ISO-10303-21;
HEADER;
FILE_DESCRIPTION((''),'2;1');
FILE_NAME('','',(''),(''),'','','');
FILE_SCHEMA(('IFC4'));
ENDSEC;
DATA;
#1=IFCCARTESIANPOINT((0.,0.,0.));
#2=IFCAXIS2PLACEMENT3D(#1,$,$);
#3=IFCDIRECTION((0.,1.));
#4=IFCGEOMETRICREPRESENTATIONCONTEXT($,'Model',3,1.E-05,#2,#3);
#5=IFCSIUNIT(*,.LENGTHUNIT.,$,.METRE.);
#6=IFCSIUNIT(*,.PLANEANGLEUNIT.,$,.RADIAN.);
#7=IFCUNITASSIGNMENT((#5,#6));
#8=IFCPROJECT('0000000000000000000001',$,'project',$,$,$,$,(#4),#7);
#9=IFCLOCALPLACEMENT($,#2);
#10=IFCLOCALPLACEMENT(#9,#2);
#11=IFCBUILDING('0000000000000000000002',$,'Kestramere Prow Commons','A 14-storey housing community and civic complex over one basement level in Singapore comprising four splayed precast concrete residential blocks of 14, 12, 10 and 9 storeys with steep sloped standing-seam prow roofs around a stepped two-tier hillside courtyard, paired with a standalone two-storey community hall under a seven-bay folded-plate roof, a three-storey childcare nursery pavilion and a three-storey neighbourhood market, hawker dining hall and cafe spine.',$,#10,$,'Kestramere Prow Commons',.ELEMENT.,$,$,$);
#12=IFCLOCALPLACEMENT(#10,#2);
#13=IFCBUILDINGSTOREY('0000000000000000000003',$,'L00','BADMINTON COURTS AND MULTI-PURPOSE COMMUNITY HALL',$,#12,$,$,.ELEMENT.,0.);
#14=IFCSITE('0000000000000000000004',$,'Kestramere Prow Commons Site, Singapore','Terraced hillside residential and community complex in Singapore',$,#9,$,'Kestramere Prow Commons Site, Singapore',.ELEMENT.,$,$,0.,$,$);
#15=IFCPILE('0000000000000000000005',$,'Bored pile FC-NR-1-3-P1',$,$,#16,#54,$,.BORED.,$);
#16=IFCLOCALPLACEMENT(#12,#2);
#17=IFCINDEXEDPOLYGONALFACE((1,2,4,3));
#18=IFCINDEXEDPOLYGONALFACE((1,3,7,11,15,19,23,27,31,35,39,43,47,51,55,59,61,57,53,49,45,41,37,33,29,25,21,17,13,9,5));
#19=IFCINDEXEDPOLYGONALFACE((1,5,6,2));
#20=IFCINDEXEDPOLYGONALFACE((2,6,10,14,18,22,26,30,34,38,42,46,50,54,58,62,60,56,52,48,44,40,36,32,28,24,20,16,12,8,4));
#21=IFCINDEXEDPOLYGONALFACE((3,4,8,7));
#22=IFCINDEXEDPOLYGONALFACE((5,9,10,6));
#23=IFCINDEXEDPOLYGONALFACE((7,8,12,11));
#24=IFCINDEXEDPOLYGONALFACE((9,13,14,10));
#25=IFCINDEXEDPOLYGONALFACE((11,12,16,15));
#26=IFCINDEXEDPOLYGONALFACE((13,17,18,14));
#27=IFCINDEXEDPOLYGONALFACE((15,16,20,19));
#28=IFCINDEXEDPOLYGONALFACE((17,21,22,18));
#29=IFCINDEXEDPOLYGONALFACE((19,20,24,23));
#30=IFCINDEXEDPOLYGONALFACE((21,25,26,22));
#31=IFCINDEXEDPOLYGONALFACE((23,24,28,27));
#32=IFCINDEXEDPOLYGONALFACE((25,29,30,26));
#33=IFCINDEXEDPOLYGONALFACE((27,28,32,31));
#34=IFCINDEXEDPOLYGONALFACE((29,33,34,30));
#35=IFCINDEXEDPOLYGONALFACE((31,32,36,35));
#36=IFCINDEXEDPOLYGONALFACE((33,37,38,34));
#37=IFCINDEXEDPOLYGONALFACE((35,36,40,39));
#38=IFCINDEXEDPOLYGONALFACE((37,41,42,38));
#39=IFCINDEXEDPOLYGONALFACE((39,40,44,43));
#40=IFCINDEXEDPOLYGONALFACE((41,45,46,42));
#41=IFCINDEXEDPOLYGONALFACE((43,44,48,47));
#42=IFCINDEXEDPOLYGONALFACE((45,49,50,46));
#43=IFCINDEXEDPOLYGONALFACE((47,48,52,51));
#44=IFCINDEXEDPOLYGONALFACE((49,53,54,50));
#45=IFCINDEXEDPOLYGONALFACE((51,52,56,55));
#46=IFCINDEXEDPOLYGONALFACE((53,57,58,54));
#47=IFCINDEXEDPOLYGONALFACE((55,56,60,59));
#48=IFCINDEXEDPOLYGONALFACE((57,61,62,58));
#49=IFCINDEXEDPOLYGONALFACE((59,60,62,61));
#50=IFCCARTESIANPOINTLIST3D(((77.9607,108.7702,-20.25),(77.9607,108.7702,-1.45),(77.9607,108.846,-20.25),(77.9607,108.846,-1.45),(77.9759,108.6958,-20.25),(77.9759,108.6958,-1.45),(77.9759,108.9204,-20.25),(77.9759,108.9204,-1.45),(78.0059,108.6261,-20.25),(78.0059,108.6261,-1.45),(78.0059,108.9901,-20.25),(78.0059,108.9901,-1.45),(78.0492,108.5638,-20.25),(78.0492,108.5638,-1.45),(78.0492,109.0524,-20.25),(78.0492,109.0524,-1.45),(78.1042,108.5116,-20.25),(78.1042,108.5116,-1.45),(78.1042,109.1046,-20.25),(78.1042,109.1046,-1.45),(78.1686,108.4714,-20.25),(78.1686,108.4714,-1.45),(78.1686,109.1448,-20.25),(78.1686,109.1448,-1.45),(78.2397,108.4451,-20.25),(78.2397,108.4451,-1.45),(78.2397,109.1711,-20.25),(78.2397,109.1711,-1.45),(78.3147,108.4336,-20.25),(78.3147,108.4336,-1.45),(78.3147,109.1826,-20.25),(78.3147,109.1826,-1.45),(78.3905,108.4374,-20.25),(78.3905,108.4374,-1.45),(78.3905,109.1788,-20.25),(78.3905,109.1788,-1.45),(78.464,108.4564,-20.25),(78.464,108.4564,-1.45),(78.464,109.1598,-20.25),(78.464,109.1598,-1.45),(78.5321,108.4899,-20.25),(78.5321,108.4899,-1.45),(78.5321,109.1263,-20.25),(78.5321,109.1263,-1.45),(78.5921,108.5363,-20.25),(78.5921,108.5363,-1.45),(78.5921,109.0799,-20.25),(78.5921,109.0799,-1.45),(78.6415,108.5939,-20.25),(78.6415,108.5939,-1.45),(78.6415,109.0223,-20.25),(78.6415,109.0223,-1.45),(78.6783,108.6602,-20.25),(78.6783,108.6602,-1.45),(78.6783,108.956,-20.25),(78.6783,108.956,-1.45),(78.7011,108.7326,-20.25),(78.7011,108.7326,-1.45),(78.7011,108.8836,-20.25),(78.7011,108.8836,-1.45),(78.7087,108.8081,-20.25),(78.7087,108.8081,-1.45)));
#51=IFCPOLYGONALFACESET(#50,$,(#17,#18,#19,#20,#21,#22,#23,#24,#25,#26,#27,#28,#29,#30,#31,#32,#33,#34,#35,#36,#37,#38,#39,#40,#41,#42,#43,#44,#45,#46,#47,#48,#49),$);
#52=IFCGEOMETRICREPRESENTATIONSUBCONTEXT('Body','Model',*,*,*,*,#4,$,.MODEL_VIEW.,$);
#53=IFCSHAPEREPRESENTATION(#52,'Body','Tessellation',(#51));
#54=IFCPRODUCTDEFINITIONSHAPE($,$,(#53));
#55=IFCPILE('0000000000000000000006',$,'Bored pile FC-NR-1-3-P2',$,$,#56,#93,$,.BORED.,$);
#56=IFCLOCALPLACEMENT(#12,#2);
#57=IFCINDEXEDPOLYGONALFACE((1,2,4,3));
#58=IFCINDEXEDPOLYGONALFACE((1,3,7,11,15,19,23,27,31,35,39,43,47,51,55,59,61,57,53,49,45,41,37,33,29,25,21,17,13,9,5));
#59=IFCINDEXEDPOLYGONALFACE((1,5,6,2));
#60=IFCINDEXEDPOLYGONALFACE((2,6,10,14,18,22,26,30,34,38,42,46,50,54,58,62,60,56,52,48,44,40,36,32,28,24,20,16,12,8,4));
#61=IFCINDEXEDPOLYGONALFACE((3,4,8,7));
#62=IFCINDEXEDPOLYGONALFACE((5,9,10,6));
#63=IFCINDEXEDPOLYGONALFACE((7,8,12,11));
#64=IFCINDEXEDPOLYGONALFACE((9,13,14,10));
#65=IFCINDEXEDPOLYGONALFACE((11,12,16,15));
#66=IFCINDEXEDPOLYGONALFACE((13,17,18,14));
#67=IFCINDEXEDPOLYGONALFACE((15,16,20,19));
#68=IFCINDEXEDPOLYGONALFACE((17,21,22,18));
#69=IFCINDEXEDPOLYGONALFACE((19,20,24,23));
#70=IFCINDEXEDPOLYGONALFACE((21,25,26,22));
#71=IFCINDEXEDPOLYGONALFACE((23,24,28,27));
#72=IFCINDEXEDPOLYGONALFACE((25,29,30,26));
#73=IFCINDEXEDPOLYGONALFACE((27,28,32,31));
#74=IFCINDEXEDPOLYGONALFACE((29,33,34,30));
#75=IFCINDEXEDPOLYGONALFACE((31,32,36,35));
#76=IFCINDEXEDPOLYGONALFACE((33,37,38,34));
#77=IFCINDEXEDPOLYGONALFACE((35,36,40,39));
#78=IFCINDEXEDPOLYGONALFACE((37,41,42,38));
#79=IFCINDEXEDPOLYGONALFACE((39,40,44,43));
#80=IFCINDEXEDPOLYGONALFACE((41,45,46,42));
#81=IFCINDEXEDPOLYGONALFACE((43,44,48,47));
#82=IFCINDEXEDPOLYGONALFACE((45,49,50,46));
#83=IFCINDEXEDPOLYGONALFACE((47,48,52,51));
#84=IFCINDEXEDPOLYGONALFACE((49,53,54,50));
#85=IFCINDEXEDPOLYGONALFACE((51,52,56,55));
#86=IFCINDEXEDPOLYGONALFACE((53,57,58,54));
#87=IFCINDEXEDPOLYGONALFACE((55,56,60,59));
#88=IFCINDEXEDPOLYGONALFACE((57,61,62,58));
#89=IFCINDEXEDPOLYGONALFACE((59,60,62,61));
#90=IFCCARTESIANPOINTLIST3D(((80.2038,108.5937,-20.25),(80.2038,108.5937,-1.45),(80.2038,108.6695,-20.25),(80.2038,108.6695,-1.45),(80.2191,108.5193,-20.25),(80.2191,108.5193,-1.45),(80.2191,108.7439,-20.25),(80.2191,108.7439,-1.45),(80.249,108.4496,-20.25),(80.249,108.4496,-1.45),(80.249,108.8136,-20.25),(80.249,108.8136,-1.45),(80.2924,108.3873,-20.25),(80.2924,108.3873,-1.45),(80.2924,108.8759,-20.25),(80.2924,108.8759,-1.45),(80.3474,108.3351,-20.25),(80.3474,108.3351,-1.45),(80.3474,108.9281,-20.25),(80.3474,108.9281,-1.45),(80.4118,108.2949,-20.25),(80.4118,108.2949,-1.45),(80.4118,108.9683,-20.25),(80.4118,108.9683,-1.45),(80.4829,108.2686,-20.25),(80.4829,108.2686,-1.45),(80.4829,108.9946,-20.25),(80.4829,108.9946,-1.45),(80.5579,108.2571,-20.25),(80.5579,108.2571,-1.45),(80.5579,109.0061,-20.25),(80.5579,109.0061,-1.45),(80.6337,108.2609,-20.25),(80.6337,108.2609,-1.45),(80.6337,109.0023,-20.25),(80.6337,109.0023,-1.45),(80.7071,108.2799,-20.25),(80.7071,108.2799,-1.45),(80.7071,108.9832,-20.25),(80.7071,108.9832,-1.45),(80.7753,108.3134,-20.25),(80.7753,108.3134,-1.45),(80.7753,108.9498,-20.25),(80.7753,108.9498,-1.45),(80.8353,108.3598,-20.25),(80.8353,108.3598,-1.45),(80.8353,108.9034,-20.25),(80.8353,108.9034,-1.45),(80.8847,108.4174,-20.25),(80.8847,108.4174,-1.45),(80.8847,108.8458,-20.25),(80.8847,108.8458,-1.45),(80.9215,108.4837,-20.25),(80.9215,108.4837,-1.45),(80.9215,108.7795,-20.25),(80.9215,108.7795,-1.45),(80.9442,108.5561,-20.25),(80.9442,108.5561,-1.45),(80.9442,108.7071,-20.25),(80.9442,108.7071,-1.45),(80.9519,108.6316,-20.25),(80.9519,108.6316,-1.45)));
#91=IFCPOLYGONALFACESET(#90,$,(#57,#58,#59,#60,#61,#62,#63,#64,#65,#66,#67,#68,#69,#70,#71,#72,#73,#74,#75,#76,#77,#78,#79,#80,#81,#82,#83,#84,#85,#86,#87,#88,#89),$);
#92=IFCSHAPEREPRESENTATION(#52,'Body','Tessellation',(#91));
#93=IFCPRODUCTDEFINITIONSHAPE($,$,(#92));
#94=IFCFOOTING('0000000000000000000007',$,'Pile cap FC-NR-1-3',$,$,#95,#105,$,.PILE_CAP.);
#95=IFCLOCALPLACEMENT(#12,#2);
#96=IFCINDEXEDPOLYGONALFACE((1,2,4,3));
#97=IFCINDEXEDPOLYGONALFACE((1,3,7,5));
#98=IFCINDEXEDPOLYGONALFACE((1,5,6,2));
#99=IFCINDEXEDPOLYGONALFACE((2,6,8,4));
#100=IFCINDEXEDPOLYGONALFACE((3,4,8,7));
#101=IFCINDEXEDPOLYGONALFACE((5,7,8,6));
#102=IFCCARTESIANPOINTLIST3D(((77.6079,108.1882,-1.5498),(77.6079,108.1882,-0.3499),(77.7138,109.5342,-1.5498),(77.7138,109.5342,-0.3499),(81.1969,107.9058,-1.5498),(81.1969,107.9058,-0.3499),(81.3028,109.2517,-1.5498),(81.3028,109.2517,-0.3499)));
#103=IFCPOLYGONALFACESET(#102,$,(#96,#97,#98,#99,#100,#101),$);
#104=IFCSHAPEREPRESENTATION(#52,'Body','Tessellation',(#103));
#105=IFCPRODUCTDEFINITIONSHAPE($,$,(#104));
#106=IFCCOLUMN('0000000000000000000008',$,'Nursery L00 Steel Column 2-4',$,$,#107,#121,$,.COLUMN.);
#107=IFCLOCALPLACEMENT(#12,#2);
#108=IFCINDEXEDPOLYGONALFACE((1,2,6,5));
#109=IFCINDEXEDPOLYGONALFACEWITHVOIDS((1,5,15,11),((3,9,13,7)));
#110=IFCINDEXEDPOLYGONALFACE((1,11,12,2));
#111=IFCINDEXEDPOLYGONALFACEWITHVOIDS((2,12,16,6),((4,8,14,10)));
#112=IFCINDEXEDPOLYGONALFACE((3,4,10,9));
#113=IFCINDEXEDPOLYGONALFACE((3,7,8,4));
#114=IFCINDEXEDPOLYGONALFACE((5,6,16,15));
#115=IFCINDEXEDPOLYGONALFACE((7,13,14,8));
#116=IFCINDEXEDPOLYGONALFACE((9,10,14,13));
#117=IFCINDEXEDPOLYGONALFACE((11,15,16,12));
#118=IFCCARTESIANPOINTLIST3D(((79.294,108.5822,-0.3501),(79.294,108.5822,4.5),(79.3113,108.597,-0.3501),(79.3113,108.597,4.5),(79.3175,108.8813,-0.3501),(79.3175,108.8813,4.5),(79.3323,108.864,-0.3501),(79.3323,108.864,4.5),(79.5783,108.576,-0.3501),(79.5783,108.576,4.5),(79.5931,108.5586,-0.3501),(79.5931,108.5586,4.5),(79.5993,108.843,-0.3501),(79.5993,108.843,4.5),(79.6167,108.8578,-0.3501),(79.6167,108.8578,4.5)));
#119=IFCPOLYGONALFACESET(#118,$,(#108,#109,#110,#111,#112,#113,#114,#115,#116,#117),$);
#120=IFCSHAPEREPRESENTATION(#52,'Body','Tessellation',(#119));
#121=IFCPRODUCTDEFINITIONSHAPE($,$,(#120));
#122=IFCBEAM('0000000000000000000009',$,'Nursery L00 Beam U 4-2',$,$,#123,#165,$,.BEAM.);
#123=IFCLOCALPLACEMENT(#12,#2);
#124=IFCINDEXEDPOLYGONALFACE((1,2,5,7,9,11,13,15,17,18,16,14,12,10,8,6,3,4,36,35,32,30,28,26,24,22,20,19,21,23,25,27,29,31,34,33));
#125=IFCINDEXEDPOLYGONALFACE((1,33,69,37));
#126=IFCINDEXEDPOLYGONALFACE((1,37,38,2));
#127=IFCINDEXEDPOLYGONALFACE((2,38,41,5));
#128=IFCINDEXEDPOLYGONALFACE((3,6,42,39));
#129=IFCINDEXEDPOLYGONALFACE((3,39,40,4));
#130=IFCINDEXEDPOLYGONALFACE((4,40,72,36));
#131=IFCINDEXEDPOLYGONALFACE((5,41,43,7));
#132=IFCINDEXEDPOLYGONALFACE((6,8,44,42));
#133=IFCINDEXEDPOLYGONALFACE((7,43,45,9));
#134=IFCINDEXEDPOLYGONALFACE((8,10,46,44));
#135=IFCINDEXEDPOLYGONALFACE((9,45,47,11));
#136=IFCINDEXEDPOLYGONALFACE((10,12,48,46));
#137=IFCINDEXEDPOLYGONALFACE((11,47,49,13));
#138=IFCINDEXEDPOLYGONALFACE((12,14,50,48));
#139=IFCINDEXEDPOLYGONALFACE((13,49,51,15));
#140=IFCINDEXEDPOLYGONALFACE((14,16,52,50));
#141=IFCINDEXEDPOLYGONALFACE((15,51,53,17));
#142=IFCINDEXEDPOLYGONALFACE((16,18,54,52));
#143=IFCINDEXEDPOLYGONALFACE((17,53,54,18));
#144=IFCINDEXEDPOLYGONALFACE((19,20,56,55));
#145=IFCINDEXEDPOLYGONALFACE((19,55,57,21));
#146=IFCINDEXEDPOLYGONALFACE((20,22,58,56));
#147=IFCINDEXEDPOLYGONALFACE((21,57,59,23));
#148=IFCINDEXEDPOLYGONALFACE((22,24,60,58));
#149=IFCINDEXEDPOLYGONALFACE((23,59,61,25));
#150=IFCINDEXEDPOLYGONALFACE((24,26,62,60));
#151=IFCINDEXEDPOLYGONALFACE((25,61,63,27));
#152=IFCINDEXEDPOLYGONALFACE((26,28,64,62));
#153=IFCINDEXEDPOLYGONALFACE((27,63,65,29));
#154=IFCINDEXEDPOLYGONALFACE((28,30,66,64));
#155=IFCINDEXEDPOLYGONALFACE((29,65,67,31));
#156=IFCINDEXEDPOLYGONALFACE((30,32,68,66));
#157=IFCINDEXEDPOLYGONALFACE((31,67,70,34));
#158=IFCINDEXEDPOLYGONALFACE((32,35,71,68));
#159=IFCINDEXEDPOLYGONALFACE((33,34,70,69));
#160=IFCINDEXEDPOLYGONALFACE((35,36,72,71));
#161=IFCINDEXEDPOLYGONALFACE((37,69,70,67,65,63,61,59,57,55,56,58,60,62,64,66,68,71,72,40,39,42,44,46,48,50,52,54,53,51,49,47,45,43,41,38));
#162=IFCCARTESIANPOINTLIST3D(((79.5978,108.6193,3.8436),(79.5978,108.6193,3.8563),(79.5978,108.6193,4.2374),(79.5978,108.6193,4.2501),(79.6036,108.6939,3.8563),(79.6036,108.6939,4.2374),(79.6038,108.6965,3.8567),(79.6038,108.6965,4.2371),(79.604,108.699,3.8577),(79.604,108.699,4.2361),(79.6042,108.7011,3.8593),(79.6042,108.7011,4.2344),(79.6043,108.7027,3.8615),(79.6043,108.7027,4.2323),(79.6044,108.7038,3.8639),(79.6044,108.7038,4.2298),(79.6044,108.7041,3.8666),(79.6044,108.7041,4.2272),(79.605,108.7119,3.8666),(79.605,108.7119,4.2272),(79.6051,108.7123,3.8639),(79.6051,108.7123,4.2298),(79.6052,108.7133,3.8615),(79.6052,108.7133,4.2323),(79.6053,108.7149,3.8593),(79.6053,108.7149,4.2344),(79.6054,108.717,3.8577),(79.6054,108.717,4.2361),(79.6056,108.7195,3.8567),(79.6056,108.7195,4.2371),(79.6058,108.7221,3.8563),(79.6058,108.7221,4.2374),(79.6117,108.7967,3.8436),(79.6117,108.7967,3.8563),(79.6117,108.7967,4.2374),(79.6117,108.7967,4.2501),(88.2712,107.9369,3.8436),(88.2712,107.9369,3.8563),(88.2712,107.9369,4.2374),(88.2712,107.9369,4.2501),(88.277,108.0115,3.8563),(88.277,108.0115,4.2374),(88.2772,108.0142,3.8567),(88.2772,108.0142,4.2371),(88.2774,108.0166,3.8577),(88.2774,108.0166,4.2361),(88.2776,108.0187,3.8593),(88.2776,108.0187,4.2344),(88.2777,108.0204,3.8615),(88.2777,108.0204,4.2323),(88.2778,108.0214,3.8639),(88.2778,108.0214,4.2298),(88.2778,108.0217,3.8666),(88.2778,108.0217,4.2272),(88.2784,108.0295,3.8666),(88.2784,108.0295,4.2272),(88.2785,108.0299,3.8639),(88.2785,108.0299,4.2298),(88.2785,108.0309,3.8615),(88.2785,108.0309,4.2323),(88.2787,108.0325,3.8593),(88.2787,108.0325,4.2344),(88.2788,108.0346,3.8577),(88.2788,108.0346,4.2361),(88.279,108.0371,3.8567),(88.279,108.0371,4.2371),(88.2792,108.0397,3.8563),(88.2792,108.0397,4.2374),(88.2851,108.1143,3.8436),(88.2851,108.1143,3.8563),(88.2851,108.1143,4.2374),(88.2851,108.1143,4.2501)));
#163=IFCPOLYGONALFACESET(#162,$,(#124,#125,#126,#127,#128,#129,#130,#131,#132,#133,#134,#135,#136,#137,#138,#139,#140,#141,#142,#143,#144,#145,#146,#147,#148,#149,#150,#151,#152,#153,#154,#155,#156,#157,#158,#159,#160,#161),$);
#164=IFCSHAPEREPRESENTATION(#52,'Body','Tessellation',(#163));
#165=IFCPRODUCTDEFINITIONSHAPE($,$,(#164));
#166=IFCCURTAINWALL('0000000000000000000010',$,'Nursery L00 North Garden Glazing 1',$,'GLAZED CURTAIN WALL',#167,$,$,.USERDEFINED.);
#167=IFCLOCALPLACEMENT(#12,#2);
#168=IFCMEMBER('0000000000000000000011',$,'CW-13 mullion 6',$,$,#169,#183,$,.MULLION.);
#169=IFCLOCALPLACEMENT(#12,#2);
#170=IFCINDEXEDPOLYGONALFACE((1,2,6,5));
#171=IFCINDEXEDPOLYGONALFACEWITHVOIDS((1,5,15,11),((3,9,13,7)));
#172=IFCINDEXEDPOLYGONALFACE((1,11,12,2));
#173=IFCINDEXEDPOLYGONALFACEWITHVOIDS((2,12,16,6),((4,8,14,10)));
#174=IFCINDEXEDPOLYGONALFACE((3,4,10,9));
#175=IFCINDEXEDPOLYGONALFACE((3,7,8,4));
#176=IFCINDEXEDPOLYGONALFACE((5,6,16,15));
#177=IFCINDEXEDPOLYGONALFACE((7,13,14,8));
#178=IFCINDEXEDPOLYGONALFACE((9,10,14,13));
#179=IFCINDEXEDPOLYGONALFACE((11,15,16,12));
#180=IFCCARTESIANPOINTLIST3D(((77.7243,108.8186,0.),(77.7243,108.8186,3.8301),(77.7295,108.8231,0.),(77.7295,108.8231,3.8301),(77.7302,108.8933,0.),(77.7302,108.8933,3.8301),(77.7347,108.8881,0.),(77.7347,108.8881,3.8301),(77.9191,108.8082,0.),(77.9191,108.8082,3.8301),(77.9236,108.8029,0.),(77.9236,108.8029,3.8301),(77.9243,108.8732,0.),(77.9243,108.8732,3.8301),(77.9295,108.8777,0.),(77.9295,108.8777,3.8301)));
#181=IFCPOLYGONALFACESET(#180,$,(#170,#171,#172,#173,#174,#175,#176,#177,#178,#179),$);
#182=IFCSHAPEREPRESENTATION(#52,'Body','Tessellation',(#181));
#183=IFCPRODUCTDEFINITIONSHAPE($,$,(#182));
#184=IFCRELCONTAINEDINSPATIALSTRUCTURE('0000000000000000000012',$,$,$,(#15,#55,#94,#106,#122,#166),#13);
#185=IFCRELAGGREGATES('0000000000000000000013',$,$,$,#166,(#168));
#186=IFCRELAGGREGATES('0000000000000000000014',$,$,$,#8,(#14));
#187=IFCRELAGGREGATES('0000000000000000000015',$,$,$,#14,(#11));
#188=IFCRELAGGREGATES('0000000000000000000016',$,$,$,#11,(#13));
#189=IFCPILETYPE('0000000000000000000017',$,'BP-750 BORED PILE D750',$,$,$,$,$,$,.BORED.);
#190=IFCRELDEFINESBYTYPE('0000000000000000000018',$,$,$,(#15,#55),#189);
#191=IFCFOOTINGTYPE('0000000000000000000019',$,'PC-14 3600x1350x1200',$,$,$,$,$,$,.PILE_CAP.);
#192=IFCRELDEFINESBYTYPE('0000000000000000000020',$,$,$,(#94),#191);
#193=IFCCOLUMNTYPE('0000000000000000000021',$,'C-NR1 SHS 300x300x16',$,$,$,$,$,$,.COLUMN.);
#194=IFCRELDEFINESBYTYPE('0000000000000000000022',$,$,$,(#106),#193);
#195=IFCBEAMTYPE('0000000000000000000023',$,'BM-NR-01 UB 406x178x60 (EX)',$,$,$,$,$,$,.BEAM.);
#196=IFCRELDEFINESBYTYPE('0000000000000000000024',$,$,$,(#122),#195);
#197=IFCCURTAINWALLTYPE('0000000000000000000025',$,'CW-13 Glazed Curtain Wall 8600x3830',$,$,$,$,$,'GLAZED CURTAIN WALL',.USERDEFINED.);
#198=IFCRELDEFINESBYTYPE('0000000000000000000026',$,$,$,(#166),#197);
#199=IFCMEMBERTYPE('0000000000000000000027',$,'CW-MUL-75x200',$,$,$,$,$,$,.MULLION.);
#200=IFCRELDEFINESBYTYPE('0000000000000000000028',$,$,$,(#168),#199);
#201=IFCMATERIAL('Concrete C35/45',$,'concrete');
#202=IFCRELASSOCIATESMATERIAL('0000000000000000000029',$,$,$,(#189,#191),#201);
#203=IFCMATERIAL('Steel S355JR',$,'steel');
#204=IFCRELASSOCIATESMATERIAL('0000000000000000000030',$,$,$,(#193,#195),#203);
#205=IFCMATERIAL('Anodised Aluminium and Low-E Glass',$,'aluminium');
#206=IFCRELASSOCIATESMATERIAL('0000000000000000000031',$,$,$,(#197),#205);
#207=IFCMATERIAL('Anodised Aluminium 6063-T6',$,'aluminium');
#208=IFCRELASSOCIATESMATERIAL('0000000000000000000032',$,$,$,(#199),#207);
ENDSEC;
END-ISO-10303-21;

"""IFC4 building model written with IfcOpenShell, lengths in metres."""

from ifc_helpers import new_model, si_unit, direction, frame, origin, origin_2d, place, context, subcontext, project, spatial, rectangle, hollow_rectangle, circle, i_section, extrude, material, material_profile, profile_set, type_object, element, aggregate, save


model = new_model("IFC4")

# Units and contexts
model_context = context("Model", 3, precision=1e-05, world=origin(), true_north=direction((0.0, 1.0)))
body_context = subcontext(model_context, "Body", "Model", "MODEL_VIEW")
ifc_project = project(units=[si_unit("LENGTHUNIT", "METRE"), si_unit("PLANEANGLEUNIT", "RADIAN")], contexts=[model_context])

# Site, building, storey
site_placement = place(None, origin())
site = spatial("IfcSite", under=ifc_project, at=site_placement, Name="Kestramere Prow Commons Site, Singapore", Description="Terraced hillside residential and community complex in Singapore", LongName="Kestramere Prow Commons Site, Singapore", CompositionType="ELEMENT", RefElevation=0.0)
building_placement = place(site_placement, origin())
building = spatial("IfcBuilding", under=site, at=building_placement, Name="Kestramere Prow Commons", Description="A 14-storey housing community and civic complex over one basement level in Singapore comprising four splayed precast concrete residential blocks of 14, 12, 10 and 9 storeys with steep sloped standing-seam prow roofs around a stepped two-tier hillside courtyard, paired with a standalone two-storey community hall under a seven-bay folded-plate roof, a three-storey childcare nursery pavilion and a three-storey neighbourhood market, hawker dining hall and cafe spine.", LongName="Kestramere Prow Commons", CompositionType="ELEMENT")
storey_placement = place(building_placement, origin())
storey = spatial("IfcBuildingStorey", under=building, at=storey_placement, Name="L00", Description="BADMINTON COURTS AND MULTI-PURPOSE COMMUNITY HALL", CompositionType="ELEMENT", Elevation=0.0)

# Piles
ifc_material_1 = material(Name="Concrete C35/45", Category="concrete")
ifc_material_profile_1 = material_profile(ifc_material_1, circle(Radius=0.375, at=origin_2d()), Name="BORED PILE D750")
ifc_profile_set_1 = profile_set([ifc_material_profile_1], Name="Concrete C35/45")
pile_type = type_object("IfcPileType", Name="BP-750 BORED PILE D750", PredefinedType="BORED", material=ifc_profile_set_1)
for number, where, z_axis, x_axis, name in (
    (1, (78.3337, 108.8081, -1.45), (0.0, 0.0, -1.0), (1.0, 0.0, 0.0), "Bored pile FC-NR-1-3-P1"),
    (2, (80.5769, 108.6316, -1.45), (0.0, 0.0, -1.0), (1.0, 0.0, 0.0), "Bored pile FC-NR-1-3-P2"),
):
    element("IfcPile", number, at=place(storey_placement, frame(where, z_axis=z_axis, x_axis=x_axis)), inside=storey, type_object=pile_type, Name=name, PredefinedType="BORED", context=body_context, shape_type="SweptSolid", body=[
        extrude(circle(Radius=0.375, at=origin_2d()), origin(), (0.0, 0.0, 1.0), 18.8),
    ])

# Footing
footing_type = type_object("IfcFootingType", Name="PC-14 3600x1350x1200", PredefinedType="PILE_CAP", material=ifc_material_1)
footing_placement = place(storey_placement, frame((79.4553, 108.72, -1.5498), z_axis=(0.0, 0.0, 1.0), x_axis=(0.996917, -0.078459, 0.0)))
element("IfcFooting", 3, at=footing_placement, inside=storey, type_object=footing_type, Name="Pile cap FC-NR-1-3", PredefinedType="PILE_CAP", context=body_context, shape_type="SweptSolid", body=[
    extrude(rectangle(XDim=3.6001, YDim=1.3501, at=origin_2d()), origin(), (0.0, 0.0, 1.0), 1.2),
])

# Column
ifc_material_2 = material(Name="Steel S355JR", Category="steel")
ifc_material_profile_2 = material_profile(ifc_material_2, hollow_rectangle(XDim=0.3, YDim=0.3, WallThickness=0.0161, at=origin_2d()), Name="SHS 300x300x16")
ifc_profile_set_2 = profile_set([ifc_material_profile_2], Name="Steel S355JR")
column_type = type_object("IfcColumnType", Name="C-NR1 SHS 300x300x16", PredefinedType="COLUMN", material=ifc_profile_set_2)
column_placement = place(storey_placement, frame((79.4553, 108.72, -0.3501), z_axis=(0.0, 0.0, 1.0), x_axis=(0.996917, -0.078459, 0.0)))
element("IfcColumn", 4, at=column_placement, inside=storey, type_object=column_type, Name="Nursery L00 Steel Column 2-4", PredefinedType="COLUMN", context=body_context, shape_type="SweptSolid", body=[
    extrude(hollow_rectangle(XDim=0.3, YDim=0.3, WallThickness=0.0161, at=origin_2d()), origin(), (0.0, 0.0, 1.0), 4.8501),
])

# Beam
ifc_material_profile_3 = material_profile(ifc_material_2, i_section(OverallWidth=0.178, OverallDepth=0.4065, WebThickness=0.0078, FlangeThickness=0.0127, FilletRadius=0.0103, at=origin_2d()), Name="UB 406x178x60")
ifc_profile_set_3 = profile_set([ifc_material_profile_3], Name="Steel S355JR")
beam_type = type_object("IfcBeamType", Name="BM-NR-01 UB 406x178x60 (EX)", PredefinedType="BEAM", material=ifc_profile_set_3)
beam_placement = place(storey_placement, frame((79.6047, 108.708, 4.0469), z_axis=(0.996919, -0.078432, 0.0), x_axis=(0.078432, 0.996919, 0.0)))
element("IfcBeam", 5, at=beam_placement, inside=storey, type_object=beam_type, Name="Nursery L00 Beam U 4-2", PredefinedType="BEAM", context=body_context, shape_type="SweptSolid", body=[
    extrude(i_section(OverallWidth=0.178, OverallDepth=0.4065, WebThickness=0.0078, FlangeThickness=0.0127, FilletRadius=0.0103, at=origin_2d()), origin(), (0.0, 0.0, 1.0), 8.7002),
])

# Curtain wall, member
ifc_material_3 = material(Name="Anodised Aluminium and Low-E Glass", Category="aluminium")
curtain_wall_type = type_object("IfcCurtainWallType", Name="CW-13 Glazed Curtain Wall 8600x3830", ElementType="GLAZED CURTAIN WALL", PredefinedType="USERDEFINED", material=ifc_material_3)
curtain_wall_1_placement = place(storey_placement, origin())
curtain_wall_1 = element("IfcCurtainWall", 6, at=curtain_wall_1_placement, inside=storey, type_object=curtain_wall_type, Name="Nursery L00 North Garden Glazing 1", ObjectType="GLAZED CURTAIN WALL", PredefinedType="USERDEFINED")
ifc_material_4 = material(Name="Anodised Aluminium 6063-T6", Category="aluminium")
ifc_material_profile_4 = material_profile(ifc_material_4, hollow_rectangle(XDim=0.075, YDim=0.2, WallThickness=0.0049, at=origin_2d()), Name="ALU-MUL 75x200")
ifc_profile_set_4 = profile_set([ifc_material_profile_4], Name="Anodised Aluminium 6063-T6")
member_type_1 = type_object("IfcMemberType", Name="CW-MUL-75x200", PredefinedType="MULLION", material=ifc_profile_set_4)
member_1_placement = place(storey_placement, frame((77.8269, 108.8481, 0.0), z_axis=(0.0, 0.0, 1.0), x_axis=(0.078459, 0.996917, 0.0)))
member_1 = element("IfcMember", 7, at=member_1_placement, type_object=member_type_1, Name="CW-13 mullion 6", PredefinedType="MULLION", context=body_context, shape_type="SweptSolid", body=[
    extrude(hollow_rectangle(XDim=0.075, YDim=0.2, WallThickness=0.0049, at=origin_2d()), origin(), (0.0, 0.0, 1.0), 3.8301),
])

aggregate(curtain_wall_1, [member_1])

save(model, "model.ifc")
